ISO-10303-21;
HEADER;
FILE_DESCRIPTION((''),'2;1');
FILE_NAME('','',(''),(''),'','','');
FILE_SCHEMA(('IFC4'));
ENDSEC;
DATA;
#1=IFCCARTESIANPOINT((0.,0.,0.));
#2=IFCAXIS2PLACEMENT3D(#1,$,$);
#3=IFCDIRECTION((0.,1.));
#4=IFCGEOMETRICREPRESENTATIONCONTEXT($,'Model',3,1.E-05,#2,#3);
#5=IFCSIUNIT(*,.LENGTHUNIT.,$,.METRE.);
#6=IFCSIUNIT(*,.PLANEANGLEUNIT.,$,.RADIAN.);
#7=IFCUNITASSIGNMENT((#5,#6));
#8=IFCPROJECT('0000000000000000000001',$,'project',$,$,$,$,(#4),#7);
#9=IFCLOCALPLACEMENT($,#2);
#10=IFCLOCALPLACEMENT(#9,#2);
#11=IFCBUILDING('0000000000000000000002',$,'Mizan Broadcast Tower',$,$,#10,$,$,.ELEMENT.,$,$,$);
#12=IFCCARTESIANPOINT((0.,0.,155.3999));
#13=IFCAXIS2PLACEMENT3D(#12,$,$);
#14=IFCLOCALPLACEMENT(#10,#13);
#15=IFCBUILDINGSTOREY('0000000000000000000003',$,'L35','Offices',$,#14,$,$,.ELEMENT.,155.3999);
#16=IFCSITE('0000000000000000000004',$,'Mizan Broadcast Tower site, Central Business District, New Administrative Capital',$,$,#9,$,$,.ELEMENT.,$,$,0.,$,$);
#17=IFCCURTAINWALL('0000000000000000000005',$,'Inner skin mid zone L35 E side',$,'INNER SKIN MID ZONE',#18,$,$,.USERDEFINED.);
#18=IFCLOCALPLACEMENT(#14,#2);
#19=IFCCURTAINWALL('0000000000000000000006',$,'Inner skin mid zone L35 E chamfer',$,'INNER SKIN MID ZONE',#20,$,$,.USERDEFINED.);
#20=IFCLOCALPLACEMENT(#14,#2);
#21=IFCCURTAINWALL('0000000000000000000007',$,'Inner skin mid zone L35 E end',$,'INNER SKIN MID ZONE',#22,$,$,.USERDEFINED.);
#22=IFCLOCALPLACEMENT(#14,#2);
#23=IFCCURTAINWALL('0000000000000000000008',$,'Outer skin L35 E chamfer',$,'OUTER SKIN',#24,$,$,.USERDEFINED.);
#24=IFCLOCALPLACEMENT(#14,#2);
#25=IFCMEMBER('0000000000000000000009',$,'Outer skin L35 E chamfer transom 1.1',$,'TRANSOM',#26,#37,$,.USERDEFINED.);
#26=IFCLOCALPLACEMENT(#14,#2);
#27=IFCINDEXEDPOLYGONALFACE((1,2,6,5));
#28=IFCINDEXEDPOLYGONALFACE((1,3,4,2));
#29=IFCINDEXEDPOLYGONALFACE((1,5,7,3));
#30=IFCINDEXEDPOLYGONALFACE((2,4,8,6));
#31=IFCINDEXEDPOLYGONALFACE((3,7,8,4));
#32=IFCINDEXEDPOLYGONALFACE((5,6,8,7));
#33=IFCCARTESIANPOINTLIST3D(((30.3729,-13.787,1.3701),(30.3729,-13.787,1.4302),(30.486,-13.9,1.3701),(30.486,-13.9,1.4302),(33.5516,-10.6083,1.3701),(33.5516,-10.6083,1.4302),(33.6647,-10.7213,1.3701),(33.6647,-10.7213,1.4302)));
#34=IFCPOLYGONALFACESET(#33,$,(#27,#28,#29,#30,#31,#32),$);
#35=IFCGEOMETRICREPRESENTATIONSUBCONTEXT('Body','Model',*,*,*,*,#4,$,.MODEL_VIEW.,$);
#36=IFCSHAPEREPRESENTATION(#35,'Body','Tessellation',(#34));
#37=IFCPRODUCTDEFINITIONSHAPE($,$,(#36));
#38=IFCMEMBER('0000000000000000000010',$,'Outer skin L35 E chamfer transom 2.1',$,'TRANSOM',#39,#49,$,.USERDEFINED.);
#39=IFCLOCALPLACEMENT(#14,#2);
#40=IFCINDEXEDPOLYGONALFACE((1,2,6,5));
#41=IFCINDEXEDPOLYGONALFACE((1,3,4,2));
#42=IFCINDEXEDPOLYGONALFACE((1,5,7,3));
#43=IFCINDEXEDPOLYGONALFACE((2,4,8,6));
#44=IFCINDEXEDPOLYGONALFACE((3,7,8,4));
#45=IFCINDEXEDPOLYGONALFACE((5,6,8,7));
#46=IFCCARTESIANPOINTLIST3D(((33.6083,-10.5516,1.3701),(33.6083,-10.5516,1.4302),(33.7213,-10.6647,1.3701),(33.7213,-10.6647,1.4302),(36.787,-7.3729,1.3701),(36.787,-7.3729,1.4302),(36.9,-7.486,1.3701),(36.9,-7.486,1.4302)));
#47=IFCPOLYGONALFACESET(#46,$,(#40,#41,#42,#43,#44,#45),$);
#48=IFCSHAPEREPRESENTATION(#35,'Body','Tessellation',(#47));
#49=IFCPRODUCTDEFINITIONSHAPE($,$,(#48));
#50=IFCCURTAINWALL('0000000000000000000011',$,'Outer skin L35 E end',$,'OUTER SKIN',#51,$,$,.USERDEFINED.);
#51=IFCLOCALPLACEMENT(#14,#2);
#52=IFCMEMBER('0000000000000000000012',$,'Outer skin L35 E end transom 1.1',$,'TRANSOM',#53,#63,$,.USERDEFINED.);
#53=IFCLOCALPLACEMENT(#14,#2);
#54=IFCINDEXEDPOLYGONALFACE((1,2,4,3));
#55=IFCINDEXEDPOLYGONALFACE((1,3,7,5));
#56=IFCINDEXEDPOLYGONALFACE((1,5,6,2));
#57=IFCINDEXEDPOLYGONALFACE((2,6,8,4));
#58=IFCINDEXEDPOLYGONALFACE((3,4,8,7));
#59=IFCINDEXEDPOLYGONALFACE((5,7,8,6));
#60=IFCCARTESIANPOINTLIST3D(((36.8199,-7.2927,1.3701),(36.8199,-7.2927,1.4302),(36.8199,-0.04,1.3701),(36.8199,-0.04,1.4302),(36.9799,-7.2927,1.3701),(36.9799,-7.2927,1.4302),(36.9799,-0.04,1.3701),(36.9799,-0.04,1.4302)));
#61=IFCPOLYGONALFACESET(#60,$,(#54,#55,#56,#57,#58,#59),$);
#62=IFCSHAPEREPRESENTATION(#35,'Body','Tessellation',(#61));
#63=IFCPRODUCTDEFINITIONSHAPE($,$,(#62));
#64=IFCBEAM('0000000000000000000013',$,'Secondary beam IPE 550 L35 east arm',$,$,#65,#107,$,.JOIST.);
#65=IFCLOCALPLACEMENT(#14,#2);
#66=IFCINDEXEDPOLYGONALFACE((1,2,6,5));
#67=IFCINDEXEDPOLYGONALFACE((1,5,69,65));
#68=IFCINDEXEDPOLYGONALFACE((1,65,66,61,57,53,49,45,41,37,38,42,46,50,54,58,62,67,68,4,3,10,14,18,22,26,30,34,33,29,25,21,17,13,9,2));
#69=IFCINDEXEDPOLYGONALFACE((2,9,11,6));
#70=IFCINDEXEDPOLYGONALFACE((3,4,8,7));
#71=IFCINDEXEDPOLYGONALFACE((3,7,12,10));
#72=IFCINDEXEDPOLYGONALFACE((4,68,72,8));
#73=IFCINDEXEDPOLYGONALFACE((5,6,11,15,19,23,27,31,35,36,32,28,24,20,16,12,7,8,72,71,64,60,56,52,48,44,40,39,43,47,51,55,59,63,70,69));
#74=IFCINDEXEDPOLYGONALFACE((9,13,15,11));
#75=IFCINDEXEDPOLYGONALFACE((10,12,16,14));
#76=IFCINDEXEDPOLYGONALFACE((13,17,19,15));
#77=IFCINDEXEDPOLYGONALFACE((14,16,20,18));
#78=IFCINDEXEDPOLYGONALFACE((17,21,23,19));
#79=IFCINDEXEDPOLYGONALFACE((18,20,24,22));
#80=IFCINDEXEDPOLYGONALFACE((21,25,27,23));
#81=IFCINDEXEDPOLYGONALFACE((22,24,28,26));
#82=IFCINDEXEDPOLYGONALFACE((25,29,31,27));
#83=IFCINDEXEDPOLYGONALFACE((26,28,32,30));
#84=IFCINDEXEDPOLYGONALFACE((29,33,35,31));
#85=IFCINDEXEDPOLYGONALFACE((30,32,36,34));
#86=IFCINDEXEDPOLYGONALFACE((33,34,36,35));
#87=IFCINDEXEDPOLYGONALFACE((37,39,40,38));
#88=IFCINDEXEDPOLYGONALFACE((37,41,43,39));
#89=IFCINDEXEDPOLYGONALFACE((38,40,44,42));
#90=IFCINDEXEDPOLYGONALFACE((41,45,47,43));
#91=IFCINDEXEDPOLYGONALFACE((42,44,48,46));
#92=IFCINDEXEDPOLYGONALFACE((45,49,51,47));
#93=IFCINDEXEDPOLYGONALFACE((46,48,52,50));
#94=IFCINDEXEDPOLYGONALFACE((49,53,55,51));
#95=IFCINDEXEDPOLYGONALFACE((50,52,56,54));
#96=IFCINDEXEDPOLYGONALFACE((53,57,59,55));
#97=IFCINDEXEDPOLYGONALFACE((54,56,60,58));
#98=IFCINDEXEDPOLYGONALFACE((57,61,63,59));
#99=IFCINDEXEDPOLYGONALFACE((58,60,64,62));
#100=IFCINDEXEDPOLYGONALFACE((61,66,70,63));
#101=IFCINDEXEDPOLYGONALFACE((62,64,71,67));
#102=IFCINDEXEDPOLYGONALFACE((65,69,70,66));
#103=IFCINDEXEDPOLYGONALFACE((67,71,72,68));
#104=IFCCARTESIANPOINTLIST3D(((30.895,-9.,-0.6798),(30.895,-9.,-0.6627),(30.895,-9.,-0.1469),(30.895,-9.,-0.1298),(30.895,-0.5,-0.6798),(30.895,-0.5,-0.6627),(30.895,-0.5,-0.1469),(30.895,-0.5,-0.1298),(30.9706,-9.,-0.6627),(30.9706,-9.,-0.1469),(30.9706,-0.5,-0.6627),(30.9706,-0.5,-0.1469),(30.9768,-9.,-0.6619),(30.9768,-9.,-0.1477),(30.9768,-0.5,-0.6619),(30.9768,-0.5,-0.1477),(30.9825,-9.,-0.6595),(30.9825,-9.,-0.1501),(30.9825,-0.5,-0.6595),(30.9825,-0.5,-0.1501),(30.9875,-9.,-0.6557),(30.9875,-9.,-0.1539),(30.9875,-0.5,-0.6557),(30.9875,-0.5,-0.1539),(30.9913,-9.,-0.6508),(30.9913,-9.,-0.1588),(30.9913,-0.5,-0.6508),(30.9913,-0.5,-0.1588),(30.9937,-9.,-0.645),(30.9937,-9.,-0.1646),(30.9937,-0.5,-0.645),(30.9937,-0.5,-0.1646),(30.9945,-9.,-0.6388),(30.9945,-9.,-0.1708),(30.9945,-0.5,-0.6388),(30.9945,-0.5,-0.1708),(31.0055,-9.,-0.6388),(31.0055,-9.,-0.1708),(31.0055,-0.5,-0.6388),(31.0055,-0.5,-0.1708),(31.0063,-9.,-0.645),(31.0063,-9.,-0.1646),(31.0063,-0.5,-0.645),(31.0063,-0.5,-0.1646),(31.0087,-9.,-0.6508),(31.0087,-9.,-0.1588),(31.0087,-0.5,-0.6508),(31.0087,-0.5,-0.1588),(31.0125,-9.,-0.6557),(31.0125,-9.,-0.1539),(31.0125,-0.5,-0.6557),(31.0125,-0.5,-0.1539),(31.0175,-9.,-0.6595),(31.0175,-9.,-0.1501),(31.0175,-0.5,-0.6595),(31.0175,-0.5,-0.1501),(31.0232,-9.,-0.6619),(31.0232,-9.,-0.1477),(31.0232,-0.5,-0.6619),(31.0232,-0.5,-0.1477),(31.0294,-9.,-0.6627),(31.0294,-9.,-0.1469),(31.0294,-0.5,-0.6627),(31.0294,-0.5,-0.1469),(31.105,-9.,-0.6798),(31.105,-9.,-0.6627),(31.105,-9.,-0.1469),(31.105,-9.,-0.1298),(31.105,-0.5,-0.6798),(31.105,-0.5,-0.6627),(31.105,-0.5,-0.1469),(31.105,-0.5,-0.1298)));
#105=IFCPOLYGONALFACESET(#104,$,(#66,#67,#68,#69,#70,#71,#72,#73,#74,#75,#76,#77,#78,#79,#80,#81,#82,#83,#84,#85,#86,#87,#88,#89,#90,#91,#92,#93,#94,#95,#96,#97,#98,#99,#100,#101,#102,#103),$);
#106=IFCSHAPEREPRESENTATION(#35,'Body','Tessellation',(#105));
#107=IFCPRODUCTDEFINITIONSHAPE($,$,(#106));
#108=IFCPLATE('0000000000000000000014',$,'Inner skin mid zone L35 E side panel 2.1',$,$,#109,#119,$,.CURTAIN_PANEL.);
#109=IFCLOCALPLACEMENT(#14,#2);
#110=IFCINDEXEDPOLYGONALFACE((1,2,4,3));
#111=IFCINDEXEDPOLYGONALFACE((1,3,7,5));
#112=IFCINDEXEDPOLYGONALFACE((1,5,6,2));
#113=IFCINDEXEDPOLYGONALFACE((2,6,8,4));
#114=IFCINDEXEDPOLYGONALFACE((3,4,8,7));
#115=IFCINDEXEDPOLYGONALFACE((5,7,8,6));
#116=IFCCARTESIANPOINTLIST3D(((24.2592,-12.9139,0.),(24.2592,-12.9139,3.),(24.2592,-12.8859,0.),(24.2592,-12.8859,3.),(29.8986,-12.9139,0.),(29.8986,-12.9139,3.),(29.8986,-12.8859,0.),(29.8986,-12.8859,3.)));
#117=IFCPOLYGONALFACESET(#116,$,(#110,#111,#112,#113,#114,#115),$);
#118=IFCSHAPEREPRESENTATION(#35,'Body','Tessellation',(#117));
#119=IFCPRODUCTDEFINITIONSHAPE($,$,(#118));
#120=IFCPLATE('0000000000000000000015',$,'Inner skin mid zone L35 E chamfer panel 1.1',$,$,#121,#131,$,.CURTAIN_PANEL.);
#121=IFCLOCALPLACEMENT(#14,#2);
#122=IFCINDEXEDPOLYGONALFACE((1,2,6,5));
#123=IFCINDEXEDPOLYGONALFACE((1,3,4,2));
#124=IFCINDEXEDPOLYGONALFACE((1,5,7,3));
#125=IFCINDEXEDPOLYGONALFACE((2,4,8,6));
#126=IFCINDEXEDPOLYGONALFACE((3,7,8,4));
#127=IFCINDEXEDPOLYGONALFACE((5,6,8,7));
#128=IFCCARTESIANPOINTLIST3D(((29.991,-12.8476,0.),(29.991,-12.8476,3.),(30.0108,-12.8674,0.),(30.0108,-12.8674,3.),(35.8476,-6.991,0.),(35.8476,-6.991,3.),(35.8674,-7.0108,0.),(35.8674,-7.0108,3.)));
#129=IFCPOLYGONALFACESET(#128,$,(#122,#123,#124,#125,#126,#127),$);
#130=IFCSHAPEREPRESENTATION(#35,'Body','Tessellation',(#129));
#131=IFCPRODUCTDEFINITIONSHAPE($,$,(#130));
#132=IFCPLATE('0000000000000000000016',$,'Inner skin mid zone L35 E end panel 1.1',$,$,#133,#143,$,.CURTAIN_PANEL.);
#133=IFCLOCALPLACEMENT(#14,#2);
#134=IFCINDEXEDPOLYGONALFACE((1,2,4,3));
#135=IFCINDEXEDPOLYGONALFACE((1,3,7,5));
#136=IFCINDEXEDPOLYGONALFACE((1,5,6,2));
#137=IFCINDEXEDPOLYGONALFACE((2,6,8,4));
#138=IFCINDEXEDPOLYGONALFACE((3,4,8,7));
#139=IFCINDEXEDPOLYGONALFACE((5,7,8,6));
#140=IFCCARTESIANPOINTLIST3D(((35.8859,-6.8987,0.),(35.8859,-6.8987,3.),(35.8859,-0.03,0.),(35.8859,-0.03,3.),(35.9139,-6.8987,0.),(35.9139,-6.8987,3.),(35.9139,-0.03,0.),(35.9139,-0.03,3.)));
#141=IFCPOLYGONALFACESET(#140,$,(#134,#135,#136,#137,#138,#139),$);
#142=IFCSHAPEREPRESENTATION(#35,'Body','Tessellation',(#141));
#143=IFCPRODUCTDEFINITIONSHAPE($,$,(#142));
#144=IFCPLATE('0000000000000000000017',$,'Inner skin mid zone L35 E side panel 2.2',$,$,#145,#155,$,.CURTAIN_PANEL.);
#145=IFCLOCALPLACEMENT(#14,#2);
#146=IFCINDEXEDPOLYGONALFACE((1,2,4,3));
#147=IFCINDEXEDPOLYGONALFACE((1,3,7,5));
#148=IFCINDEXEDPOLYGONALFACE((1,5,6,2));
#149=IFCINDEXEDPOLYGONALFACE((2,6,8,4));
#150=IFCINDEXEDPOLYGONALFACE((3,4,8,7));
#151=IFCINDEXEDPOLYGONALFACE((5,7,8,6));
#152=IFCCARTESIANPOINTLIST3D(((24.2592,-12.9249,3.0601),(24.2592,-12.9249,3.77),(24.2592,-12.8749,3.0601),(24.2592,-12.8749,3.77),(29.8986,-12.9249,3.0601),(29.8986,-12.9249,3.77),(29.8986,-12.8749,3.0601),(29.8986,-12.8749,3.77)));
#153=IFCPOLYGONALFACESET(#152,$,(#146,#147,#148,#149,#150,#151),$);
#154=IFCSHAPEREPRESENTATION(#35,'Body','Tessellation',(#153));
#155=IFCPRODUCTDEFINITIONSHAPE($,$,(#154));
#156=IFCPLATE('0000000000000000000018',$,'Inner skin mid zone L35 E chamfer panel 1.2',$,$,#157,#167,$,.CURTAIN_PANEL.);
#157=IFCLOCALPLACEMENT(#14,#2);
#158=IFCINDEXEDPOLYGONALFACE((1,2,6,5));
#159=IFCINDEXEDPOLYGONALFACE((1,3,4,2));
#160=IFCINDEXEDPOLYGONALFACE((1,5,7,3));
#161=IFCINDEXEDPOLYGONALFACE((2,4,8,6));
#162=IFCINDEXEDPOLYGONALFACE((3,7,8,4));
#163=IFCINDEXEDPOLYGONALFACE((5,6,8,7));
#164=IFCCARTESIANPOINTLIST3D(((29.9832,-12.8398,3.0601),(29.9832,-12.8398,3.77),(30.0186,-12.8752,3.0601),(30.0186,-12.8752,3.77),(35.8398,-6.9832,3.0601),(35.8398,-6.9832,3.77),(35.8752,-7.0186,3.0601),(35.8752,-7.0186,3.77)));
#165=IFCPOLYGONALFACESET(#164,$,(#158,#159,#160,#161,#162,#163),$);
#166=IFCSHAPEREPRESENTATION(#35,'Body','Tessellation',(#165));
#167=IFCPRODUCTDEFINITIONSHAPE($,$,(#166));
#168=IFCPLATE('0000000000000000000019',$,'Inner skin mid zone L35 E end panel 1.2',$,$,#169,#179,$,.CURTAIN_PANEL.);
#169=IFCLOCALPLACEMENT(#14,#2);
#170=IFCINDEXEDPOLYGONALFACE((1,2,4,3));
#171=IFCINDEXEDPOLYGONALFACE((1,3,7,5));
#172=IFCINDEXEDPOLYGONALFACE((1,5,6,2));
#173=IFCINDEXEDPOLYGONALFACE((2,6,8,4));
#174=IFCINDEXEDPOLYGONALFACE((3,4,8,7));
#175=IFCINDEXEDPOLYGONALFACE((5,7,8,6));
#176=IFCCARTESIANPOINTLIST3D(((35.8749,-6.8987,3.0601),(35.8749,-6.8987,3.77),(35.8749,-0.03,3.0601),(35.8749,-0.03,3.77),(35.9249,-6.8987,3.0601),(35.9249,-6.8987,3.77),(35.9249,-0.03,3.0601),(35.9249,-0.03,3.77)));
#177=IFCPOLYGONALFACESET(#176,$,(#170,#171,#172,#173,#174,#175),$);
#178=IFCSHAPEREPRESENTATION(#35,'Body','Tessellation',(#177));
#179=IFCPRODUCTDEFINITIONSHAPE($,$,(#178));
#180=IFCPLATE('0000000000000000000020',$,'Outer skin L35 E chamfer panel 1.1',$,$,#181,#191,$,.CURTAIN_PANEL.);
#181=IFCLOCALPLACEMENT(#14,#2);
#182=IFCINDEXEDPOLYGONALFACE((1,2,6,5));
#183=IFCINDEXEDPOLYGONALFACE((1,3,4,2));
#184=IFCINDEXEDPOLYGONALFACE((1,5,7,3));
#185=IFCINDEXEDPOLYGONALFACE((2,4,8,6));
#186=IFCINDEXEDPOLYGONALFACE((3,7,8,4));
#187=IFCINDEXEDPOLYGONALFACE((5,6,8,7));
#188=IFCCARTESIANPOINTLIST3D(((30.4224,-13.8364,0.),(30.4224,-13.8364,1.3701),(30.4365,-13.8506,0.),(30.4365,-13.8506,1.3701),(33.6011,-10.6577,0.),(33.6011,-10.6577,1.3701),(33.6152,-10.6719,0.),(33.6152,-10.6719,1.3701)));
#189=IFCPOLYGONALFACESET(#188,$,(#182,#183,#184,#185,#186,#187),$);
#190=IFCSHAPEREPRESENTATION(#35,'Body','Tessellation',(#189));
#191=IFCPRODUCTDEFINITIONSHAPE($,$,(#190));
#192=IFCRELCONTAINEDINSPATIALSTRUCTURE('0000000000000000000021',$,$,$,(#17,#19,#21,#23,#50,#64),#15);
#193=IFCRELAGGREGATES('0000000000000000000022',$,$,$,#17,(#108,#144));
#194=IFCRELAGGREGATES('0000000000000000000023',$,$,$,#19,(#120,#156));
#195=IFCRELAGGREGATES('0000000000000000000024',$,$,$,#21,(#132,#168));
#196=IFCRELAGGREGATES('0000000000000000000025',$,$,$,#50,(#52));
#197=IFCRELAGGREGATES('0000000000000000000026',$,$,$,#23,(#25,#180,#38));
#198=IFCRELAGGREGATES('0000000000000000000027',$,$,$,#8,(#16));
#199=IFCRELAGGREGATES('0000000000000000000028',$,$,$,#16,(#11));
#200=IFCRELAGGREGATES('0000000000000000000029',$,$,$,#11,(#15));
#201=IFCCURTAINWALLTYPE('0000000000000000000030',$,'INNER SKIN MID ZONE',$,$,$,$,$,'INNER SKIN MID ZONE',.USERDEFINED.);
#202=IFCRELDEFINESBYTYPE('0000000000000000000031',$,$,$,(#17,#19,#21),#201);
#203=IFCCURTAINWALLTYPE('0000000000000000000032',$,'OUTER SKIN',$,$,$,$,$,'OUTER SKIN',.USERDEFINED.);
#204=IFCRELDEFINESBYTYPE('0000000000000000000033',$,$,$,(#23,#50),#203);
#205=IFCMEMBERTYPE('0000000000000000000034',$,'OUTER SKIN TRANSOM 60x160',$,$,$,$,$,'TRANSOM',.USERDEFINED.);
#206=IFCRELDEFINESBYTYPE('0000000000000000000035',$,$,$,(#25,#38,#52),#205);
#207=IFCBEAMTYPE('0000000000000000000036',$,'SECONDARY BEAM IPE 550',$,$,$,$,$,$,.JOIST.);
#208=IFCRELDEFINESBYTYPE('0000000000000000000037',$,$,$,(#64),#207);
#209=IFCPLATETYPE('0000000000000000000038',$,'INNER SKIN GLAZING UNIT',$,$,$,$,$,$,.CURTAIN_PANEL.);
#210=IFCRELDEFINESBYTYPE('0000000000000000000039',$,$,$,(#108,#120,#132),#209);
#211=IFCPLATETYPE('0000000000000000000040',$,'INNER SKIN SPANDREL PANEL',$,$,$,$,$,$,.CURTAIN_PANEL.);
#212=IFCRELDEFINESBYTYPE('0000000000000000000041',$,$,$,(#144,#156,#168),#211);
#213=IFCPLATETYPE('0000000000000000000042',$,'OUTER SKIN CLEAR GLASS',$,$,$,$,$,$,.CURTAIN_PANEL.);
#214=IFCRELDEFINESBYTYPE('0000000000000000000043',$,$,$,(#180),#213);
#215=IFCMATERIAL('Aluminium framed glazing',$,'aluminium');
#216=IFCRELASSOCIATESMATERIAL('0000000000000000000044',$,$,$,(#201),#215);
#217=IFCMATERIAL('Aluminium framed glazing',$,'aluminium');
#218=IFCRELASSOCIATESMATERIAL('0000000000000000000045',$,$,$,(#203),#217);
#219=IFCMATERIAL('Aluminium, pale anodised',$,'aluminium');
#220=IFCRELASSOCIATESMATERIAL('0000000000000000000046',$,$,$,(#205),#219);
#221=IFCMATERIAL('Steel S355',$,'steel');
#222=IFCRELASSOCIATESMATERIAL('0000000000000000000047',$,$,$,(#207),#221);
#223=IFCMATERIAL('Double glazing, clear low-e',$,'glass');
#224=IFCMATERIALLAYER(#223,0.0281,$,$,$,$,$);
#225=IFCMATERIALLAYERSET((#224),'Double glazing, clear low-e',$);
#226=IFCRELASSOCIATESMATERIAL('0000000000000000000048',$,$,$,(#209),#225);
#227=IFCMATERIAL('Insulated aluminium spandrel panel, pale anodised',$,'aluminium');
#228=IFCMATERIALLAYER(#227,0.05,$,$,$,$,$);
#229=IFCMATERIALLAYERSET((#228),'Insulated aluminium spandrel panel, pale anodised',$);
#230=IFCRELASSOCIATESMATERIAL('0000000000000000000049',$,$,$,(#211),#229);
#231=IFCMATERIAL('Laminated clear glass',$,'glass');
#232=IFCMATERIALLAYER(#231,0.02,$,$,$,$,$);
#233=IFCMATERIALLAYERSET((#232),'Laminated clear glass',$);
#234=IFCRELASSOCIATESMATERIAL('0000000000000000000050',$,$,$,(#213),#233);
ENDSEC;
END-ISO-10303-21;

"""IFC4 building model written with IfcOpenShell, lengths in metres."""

from ifc_helpers import new_model, si_unit, direction, frame, origin, origin_2d, place, context, subcontext, project, spatial, rectangle, i_section, extrude, material, layer, layer_set, material_profile, profile_set, type_object, element, aggregate, save


model = new_model("IFC4")

# Units and contexts
model_context = context("Model", 3, precision=1e-05, world=origin(), true_north=direction((0.0, 1.0)))
body_context = subcontext(model_context, "Body", "Model", "MODEL_VIEW")
ifc_project = project(units=[si_unit("LENGTHUNIT", "METRE"), si_unit("PLANEANGLEUNIT", "RADIAN")], contexts=[model_context])

# Site, building, storey
site_placement = place(None, origin())
site = spatial("IfcSite", under=ifc_project, at=site_placement, Name="Mizan Broadcast Tower site, Central Business District, New Administrative Capital", CompositionType="ELEMENT", RefElevation=0.0)
building_placement = place(site_placement, origin())
building = spatial("IfcBuilding", under=site, at=building_placement, Name="Mizan Broadcast Tower", CompositionType="ELEMENT")
storey_placement = place(building_placement, frame((0.0, 0.0, 155.3999)))
storey = spatial("IfcBuildingStorey", under=building, at=storey_placement, Name="L35", Description="Offices", CompositionType="ELEMENT", Elevation=155.3999)

# Curtain wall
ifc_material_1 = material(Name="Aluminium framed glazing", Category="aluminium")
curtain_wall_type_1 = type_object("IfcCurtainWallType", Name="INNER SKIN MID ZONE", ElementType="INNER SKIN MID ZONE", PredefinedType="USERDEFINED", material=ifc_material_1)
curtain_wall_1_placement = place(storey_placement, origin())
curtain_wall_1 = element("IfcCurtainWall", 1, at=curtain_wall_1_placement, inside=storey, type_object=curtain_wall_type_1, Name="Inner skin mid zone L35 E side", ObjectType="INNER SKIN MID ZONE", PredefinedType="USERDEFINED")

# Curtain wall
curtain_wall_2_placement = place(storey_placement, origin())
curtain_wall_2 = element("IfcCurtainWall", 2, at=curtain_wall_2_placement, inside=storey, type_object=curtain_wall_type_1, Name="Inner skin mid zone L35 E chamfer", ObjectType="INNER SKIN MID ZONE", PredefinedType="USERDEFINED")

# Curtain wall
curtain_wall_3_placement = place(storey_placement, origin())
curtain_wall_3 = element("IfcCurtainWall", 3, at=curtain_wall_3_placement, inside=storey, type_object=curtain_wall_type_1, Name="Inner skin mid zone L35 E end", ObjectType="INNER SKIN MID ZONE", PredefinedType="USERDEFINED")

# Curtain wall
ifc_material_2 = material(Name="Aluminium framed glazing", Category="aluminium")
curtain_wall_type_2 = type_object("IfcCurtainWallType", Name="OUTER SKIN", ElementType="OUTER SKIN", PredefinedType="USERDEFINED", material=ifc_material_2)
curtain_wall_4_placement = place(storey_placement, origin())
curtain_wall_4 = element("IfcCurtainWall", 4, at=curtain_wall_4_placement, inside=storey, type_object=curtain_wall_type_2, Name="Outer skin L35 E chamfer", ObjectType="OUTER SKIN", PredefinedType="USERDEFINED")

# Members
ifc_material_3 = material(Name="Aluminium, pale anodised", Category="aluminium")
ifc_material_profile_1 = material_profile(ifc_material_3, rectangle(XDim=0.1599, YDim=0.0601, at=origin_2d()), Name="TRANSOM 160x60")
ifc_profile_set_1 = profile_set([ifc_material_profile_1], Name="Aluminium, pale anodised")
member_type_1 = type_object("IfcMemberType", Name="OUTER SKIN TRANSOM 60x160", ElementType="TRANSOM", PredefinedType="USERDEFINED", material=ifc_profile_set_1)
member_1_placement = place(storey_placement, frame((30.4294, -13.8435, 1.4001), z_axis=(0.707107, 0.707107, 0.0), x_axis=(-0.707107, 0.707107, 0.0)))
member_1 = element("IfcMember", 5, at=member_1_placement, type_object=member_type_1, Name="Outer skin L35 E chamfer transom 1.1", ObjectType="TRANSOM", PredefinedType="USERDEFINED", context=body_context, shape_type="SweptSolid", body=[
    extrude(rectangle(XDim=0.1599, YDim=0.0601, at=origin_2d()), origin(), (0.0, 0.0, 1.0), 4.4954),
])
member_2_placement = place(storey_placement, frame((33.6648, -10.6082, 1.4001), z_axis=(0.707107, 0.707107, 0.0), x_axis=(-0.707107, 0.707107, 0.0)))
member_2 = element("IfcMember", 6, at=member_2_placement, type_object=member_type_1, Name="Outer skin L35 E chamfer transom 2.1", ObjectType="TRANSOM", PredefinedType="USERDEFINED", context=body_context, shape_type="SweptSolid", body=[
    extrude(rectangle(XDim=0.1599, YDim=0.0601, at=origin_2d()), origin(), (0.0, 0.0, 1.0), 4.4954),
])

# Curtain wall, member
curtain_wall_5_placement = place(storey_placement, origin())
curtain_wall_5 = element("IfcCurtainWall", 7, at=curtain_wall_5_placement, inside=storey, type_object=curtain_wall_type_2, Name="Outer skin L35 E end", ObjectType="OUTER SKIN", PredefinedType="USERDEFINED")
member_3_placement = place(storey_placement, frame((36.8999, -7.2927, 1.4001), z_axis=(0.0, 1.0, 0.0), x_axis=(-1.0, 0.0, 0.0)))
member_3 = element("IfcMember", 8, at=member_3_placement, type_object=member_type_1, Name="Outer skin L35 E end transom 1.1", ObjectType="TRANSOM", PredefinedType="USERDEFINED", context=body_context, shape_type="SweptSolid", body=[
    extrude(rectangle(XDim=0.1599, YDim=0.0601, at=origin_2d()), origin(), (0.0, 0.0, 1.0), 7.2527),
])

# Beam
ifc_material_4 = material(Name="Steel S355", Category="steel")
ifc_material_profile_2 = material_profile(ifc_material_4, i_section(OverallWidth=0.21, OverallDepth=0.55, WebThickness=0.011, FlangeThickness=0.0171, FilletRadius=0.0239, at=origin_2d()), Name="IPE 550")
ifc_profile_set_2 = profile_set([ifc_material_profile_2], Name="Steel S355")
beam_type_1 = type_object("IfcBeamType", Name="SECONDARY BEAM IPE 550", PredefinedType="JOIST", material=ifc_profile_set_2)
beam_1_placement = place(storey_placement, frame((31.0, -9.0, -0.4048), z_axis=(0.0, 1.0, 0.0), x_axis=(-1.0, 0.0, 0.0)))
element("IfcBeam", 9, at=beam_1_placement, inside=storey, type_object=beam_type_1, Name="Secondary beam IPE 550 L35 east arm", PredefinedType="JOIST", context=body_context, shape_type="SweptSolid", body=[
    extrude(i_section(OverallWidth=0.21, OverallDepth=0.55, WebThickness=0.011, FlangeThickness=0.0171, FilletRadius=0.0239, at=origin_2d()), origin(), (0.0, 0.0, 1.0), 8.5),
])

# Plates
ifc_material_5 = material(Name="Double glazing, clear low-e", Category="glass")
ifc_layer_1 = layer(ifc_material_5, 0.0281)
ifc_layer_set_1 = layer_set([ifc_layer_1], Name="Double glazing, clear low-e")
plate_type_1 = type_object("IfcPlateType", Name="INNER SKIN GLAZING UNIT", PredefinedType="CURTAIN_PANEL", material=ifc_layer_set_1)
plate_1_placement = place(storey_placement, frame((27.0789, -12.8999, 0.0), z_axis=(0.0, 0.0, 1.0), x_axis=(1.0, 0.0, 0.0)))
plate_1 = element("IfcPlate", 10, at=plate_1_placement, type_object=plate_type_1, Name="Inner skin mid zone L35 E side panel 2.1", PredefinedType="CURTAIN_PANEL", context=body_context, shape_type="SweptSolid", body=[
    extrude(rectangle(XDim=5.6394, YDim=0.0281, at=origin_2d()), origin(), (0.0, 0.0, 1.0), 3.0),
])
plate_2_placement = place(storey_placement, frame((32.9292, -9.9292, 0.0), z_axis=(0.0, 0.0, 1.0), x_axis=(0.707107, 0.707107, 0.0)))
plate_2 = element("IfcPlate", 11, at=plate_2_placement, type_object=plate_type_1, Name="Inner skin mid zone L35 E chamfer panel 1.1", PredefinedType="CURTAIN_PANEL", context=body_context, shape_type="SweptSolid", body=[
    extrude(rectangle(XDim=8.2825, YDim=0.0281, at=origin_2d()), origin(), (0.0, 0.0, 1.0), 3.0),
])
plate_3_placement = place(storey_placement, frame((35.8999, -3.4644, 0.0), z_axis=(0.0, 0.0, 1.0), x_axis=(0.0, 1.0, 0.0)))
plate_3 = element("IfcPlate", 12, at=plate_3_placement, type_object=plate_type_1, Name="Inner skin mid zone L35 E end panel 1.1", PredefinedType="CURTAIN_PANEL", context=body_context, shape_type="SweptSolid", body=[
    extrude(rectangle(XDim=6.8687, YDim=0.0281, at=origin_2d()), origin(), (0.0, 0.0, 1.0), 3.0),
])
ifc_material_6 = material(Name="Insulated aluminium spandrel panel, pale anodised", Category="aluminium")
ifc_layer_2 = layer(ifc_material_6, 0.05)
ifc_layer_set_2 = layer_set([ifc_layer_2], Name="Insulated aluminium spandrel panel, pale anodised")
plate_type_2 = type_object("IfcPlateType", Name="INNER SKIN SPANDREL PANEL", PredefinedType="CURTAIN_PANEL", material=ifc_layer_set_2)
plate_4_placement = place(storey_placement, frame((27.0789, -12.8999, 3.0601), z_axis=(0.0, 0.0, 1.0), x_axis=(1.0, 0.0, 0.0)))
plate_4 = element("IfcPlate", 13, at=plate_4_placement, type_object=plate_type_2, Name="Inner skin mid zone L35 E side panel 2.2", PredefinedType="CURTAIN_PANEL", context=body_context, shape_type="SweptSolid", body=[
    extrude(rectangle(XDim=5.6394, YDim=0.05, at=origin_2d()), origin(), (0.0, 0.0, 1.0), 0.71),
])
aggregate(curtain_wall_1, [plate_1, plate_4])
plate_5_placement = place(storey_placement, frame((32.9292, -9.9292, 3.0601), z_axis=(0.0, 0.0, 1.0), x_axis=(0.707107, 0.707107, 0.0)))
plate_5 = element("IfcPlate", 14, at=plate_5_placement, type_object=plate_type_2, Name="Inner skin mid zone L35 E chamfer panel 1.2", PredefinedType="CURTAIN_PANEL", context=body_context, shape_type="SweptSolid", body=[
    extrude(rectangle(XDim=8.2825, YDim=0.05, at=origin_2d()), origin(), (0.0, 0.0, 1.0), 0.71),
])
aggregate(curtain_wall_2, [plate_2, plate_5])
plate_6_placement = place(storey_placement, frame((35.8999, -3.4644, 3.0601), z_axis=(0.0, 0.0, 1.0), x_axis=(0.0, 1.0, 0.0)))
plate_6 = element("IfcPlate", 15, at=plate_6_placement, type_object=plate_type_2, Name="Inner skin mid zone L35 E end panel 1.2", PredefinedType="CURTAIN_PANEL", context=body_context, shape_type="SweptSolid", body=[
    extrude(rectangle(XDim=6.8687, YDim=0.05, at=origin_2d()), origin(), (0.0, 0.0, 1.0), 0.71),
])
aggregate(curtain_wall_3, [plate_3, plate_6])
ifc_material_7 = material(Name="Laminated clear glass", Category="glass")
ifc_layer_3 = layer(ifc_material_7, 0.02)
ifc_layer_set_3 = layer_set([ifc_layer_3], Name="Laminated clear glass")
plate_type_3 = type_object("IfcPlateType", Name="OUTER SKIN CLEAR GLASS", PredefinedType="CURTAIN_PANEL", material=ifc_layer_set_3)
plate_7_placement = place(storey_placement, frame((32.0188, -12.2542, 0.0), z_axis=(0.0, 0.0, 1.0), x_axis=(0.707107, 0.707107, 0.0)))
plate_7 = element("IfcPlate", 16, at=plate_7_placement, type_object=plate_type_3, Name="Outer skin L35 E chamfer panel 1.1", PredefinedType="CURTAIN_PANEL", context=body_context, shape_type="SweptSolid", body=[
    extrude(rectangle(XDim=4.4954, YDim=0.02, at=origin_2d()), origin(), (0.0, 0.0, 1.0), 1.3701),
])
aggregate(curtain_wall_5, [member_3])
aggregate(curtain_wall_4, [member_1, plate_7, member_2])

save(model, "model.ifc")
